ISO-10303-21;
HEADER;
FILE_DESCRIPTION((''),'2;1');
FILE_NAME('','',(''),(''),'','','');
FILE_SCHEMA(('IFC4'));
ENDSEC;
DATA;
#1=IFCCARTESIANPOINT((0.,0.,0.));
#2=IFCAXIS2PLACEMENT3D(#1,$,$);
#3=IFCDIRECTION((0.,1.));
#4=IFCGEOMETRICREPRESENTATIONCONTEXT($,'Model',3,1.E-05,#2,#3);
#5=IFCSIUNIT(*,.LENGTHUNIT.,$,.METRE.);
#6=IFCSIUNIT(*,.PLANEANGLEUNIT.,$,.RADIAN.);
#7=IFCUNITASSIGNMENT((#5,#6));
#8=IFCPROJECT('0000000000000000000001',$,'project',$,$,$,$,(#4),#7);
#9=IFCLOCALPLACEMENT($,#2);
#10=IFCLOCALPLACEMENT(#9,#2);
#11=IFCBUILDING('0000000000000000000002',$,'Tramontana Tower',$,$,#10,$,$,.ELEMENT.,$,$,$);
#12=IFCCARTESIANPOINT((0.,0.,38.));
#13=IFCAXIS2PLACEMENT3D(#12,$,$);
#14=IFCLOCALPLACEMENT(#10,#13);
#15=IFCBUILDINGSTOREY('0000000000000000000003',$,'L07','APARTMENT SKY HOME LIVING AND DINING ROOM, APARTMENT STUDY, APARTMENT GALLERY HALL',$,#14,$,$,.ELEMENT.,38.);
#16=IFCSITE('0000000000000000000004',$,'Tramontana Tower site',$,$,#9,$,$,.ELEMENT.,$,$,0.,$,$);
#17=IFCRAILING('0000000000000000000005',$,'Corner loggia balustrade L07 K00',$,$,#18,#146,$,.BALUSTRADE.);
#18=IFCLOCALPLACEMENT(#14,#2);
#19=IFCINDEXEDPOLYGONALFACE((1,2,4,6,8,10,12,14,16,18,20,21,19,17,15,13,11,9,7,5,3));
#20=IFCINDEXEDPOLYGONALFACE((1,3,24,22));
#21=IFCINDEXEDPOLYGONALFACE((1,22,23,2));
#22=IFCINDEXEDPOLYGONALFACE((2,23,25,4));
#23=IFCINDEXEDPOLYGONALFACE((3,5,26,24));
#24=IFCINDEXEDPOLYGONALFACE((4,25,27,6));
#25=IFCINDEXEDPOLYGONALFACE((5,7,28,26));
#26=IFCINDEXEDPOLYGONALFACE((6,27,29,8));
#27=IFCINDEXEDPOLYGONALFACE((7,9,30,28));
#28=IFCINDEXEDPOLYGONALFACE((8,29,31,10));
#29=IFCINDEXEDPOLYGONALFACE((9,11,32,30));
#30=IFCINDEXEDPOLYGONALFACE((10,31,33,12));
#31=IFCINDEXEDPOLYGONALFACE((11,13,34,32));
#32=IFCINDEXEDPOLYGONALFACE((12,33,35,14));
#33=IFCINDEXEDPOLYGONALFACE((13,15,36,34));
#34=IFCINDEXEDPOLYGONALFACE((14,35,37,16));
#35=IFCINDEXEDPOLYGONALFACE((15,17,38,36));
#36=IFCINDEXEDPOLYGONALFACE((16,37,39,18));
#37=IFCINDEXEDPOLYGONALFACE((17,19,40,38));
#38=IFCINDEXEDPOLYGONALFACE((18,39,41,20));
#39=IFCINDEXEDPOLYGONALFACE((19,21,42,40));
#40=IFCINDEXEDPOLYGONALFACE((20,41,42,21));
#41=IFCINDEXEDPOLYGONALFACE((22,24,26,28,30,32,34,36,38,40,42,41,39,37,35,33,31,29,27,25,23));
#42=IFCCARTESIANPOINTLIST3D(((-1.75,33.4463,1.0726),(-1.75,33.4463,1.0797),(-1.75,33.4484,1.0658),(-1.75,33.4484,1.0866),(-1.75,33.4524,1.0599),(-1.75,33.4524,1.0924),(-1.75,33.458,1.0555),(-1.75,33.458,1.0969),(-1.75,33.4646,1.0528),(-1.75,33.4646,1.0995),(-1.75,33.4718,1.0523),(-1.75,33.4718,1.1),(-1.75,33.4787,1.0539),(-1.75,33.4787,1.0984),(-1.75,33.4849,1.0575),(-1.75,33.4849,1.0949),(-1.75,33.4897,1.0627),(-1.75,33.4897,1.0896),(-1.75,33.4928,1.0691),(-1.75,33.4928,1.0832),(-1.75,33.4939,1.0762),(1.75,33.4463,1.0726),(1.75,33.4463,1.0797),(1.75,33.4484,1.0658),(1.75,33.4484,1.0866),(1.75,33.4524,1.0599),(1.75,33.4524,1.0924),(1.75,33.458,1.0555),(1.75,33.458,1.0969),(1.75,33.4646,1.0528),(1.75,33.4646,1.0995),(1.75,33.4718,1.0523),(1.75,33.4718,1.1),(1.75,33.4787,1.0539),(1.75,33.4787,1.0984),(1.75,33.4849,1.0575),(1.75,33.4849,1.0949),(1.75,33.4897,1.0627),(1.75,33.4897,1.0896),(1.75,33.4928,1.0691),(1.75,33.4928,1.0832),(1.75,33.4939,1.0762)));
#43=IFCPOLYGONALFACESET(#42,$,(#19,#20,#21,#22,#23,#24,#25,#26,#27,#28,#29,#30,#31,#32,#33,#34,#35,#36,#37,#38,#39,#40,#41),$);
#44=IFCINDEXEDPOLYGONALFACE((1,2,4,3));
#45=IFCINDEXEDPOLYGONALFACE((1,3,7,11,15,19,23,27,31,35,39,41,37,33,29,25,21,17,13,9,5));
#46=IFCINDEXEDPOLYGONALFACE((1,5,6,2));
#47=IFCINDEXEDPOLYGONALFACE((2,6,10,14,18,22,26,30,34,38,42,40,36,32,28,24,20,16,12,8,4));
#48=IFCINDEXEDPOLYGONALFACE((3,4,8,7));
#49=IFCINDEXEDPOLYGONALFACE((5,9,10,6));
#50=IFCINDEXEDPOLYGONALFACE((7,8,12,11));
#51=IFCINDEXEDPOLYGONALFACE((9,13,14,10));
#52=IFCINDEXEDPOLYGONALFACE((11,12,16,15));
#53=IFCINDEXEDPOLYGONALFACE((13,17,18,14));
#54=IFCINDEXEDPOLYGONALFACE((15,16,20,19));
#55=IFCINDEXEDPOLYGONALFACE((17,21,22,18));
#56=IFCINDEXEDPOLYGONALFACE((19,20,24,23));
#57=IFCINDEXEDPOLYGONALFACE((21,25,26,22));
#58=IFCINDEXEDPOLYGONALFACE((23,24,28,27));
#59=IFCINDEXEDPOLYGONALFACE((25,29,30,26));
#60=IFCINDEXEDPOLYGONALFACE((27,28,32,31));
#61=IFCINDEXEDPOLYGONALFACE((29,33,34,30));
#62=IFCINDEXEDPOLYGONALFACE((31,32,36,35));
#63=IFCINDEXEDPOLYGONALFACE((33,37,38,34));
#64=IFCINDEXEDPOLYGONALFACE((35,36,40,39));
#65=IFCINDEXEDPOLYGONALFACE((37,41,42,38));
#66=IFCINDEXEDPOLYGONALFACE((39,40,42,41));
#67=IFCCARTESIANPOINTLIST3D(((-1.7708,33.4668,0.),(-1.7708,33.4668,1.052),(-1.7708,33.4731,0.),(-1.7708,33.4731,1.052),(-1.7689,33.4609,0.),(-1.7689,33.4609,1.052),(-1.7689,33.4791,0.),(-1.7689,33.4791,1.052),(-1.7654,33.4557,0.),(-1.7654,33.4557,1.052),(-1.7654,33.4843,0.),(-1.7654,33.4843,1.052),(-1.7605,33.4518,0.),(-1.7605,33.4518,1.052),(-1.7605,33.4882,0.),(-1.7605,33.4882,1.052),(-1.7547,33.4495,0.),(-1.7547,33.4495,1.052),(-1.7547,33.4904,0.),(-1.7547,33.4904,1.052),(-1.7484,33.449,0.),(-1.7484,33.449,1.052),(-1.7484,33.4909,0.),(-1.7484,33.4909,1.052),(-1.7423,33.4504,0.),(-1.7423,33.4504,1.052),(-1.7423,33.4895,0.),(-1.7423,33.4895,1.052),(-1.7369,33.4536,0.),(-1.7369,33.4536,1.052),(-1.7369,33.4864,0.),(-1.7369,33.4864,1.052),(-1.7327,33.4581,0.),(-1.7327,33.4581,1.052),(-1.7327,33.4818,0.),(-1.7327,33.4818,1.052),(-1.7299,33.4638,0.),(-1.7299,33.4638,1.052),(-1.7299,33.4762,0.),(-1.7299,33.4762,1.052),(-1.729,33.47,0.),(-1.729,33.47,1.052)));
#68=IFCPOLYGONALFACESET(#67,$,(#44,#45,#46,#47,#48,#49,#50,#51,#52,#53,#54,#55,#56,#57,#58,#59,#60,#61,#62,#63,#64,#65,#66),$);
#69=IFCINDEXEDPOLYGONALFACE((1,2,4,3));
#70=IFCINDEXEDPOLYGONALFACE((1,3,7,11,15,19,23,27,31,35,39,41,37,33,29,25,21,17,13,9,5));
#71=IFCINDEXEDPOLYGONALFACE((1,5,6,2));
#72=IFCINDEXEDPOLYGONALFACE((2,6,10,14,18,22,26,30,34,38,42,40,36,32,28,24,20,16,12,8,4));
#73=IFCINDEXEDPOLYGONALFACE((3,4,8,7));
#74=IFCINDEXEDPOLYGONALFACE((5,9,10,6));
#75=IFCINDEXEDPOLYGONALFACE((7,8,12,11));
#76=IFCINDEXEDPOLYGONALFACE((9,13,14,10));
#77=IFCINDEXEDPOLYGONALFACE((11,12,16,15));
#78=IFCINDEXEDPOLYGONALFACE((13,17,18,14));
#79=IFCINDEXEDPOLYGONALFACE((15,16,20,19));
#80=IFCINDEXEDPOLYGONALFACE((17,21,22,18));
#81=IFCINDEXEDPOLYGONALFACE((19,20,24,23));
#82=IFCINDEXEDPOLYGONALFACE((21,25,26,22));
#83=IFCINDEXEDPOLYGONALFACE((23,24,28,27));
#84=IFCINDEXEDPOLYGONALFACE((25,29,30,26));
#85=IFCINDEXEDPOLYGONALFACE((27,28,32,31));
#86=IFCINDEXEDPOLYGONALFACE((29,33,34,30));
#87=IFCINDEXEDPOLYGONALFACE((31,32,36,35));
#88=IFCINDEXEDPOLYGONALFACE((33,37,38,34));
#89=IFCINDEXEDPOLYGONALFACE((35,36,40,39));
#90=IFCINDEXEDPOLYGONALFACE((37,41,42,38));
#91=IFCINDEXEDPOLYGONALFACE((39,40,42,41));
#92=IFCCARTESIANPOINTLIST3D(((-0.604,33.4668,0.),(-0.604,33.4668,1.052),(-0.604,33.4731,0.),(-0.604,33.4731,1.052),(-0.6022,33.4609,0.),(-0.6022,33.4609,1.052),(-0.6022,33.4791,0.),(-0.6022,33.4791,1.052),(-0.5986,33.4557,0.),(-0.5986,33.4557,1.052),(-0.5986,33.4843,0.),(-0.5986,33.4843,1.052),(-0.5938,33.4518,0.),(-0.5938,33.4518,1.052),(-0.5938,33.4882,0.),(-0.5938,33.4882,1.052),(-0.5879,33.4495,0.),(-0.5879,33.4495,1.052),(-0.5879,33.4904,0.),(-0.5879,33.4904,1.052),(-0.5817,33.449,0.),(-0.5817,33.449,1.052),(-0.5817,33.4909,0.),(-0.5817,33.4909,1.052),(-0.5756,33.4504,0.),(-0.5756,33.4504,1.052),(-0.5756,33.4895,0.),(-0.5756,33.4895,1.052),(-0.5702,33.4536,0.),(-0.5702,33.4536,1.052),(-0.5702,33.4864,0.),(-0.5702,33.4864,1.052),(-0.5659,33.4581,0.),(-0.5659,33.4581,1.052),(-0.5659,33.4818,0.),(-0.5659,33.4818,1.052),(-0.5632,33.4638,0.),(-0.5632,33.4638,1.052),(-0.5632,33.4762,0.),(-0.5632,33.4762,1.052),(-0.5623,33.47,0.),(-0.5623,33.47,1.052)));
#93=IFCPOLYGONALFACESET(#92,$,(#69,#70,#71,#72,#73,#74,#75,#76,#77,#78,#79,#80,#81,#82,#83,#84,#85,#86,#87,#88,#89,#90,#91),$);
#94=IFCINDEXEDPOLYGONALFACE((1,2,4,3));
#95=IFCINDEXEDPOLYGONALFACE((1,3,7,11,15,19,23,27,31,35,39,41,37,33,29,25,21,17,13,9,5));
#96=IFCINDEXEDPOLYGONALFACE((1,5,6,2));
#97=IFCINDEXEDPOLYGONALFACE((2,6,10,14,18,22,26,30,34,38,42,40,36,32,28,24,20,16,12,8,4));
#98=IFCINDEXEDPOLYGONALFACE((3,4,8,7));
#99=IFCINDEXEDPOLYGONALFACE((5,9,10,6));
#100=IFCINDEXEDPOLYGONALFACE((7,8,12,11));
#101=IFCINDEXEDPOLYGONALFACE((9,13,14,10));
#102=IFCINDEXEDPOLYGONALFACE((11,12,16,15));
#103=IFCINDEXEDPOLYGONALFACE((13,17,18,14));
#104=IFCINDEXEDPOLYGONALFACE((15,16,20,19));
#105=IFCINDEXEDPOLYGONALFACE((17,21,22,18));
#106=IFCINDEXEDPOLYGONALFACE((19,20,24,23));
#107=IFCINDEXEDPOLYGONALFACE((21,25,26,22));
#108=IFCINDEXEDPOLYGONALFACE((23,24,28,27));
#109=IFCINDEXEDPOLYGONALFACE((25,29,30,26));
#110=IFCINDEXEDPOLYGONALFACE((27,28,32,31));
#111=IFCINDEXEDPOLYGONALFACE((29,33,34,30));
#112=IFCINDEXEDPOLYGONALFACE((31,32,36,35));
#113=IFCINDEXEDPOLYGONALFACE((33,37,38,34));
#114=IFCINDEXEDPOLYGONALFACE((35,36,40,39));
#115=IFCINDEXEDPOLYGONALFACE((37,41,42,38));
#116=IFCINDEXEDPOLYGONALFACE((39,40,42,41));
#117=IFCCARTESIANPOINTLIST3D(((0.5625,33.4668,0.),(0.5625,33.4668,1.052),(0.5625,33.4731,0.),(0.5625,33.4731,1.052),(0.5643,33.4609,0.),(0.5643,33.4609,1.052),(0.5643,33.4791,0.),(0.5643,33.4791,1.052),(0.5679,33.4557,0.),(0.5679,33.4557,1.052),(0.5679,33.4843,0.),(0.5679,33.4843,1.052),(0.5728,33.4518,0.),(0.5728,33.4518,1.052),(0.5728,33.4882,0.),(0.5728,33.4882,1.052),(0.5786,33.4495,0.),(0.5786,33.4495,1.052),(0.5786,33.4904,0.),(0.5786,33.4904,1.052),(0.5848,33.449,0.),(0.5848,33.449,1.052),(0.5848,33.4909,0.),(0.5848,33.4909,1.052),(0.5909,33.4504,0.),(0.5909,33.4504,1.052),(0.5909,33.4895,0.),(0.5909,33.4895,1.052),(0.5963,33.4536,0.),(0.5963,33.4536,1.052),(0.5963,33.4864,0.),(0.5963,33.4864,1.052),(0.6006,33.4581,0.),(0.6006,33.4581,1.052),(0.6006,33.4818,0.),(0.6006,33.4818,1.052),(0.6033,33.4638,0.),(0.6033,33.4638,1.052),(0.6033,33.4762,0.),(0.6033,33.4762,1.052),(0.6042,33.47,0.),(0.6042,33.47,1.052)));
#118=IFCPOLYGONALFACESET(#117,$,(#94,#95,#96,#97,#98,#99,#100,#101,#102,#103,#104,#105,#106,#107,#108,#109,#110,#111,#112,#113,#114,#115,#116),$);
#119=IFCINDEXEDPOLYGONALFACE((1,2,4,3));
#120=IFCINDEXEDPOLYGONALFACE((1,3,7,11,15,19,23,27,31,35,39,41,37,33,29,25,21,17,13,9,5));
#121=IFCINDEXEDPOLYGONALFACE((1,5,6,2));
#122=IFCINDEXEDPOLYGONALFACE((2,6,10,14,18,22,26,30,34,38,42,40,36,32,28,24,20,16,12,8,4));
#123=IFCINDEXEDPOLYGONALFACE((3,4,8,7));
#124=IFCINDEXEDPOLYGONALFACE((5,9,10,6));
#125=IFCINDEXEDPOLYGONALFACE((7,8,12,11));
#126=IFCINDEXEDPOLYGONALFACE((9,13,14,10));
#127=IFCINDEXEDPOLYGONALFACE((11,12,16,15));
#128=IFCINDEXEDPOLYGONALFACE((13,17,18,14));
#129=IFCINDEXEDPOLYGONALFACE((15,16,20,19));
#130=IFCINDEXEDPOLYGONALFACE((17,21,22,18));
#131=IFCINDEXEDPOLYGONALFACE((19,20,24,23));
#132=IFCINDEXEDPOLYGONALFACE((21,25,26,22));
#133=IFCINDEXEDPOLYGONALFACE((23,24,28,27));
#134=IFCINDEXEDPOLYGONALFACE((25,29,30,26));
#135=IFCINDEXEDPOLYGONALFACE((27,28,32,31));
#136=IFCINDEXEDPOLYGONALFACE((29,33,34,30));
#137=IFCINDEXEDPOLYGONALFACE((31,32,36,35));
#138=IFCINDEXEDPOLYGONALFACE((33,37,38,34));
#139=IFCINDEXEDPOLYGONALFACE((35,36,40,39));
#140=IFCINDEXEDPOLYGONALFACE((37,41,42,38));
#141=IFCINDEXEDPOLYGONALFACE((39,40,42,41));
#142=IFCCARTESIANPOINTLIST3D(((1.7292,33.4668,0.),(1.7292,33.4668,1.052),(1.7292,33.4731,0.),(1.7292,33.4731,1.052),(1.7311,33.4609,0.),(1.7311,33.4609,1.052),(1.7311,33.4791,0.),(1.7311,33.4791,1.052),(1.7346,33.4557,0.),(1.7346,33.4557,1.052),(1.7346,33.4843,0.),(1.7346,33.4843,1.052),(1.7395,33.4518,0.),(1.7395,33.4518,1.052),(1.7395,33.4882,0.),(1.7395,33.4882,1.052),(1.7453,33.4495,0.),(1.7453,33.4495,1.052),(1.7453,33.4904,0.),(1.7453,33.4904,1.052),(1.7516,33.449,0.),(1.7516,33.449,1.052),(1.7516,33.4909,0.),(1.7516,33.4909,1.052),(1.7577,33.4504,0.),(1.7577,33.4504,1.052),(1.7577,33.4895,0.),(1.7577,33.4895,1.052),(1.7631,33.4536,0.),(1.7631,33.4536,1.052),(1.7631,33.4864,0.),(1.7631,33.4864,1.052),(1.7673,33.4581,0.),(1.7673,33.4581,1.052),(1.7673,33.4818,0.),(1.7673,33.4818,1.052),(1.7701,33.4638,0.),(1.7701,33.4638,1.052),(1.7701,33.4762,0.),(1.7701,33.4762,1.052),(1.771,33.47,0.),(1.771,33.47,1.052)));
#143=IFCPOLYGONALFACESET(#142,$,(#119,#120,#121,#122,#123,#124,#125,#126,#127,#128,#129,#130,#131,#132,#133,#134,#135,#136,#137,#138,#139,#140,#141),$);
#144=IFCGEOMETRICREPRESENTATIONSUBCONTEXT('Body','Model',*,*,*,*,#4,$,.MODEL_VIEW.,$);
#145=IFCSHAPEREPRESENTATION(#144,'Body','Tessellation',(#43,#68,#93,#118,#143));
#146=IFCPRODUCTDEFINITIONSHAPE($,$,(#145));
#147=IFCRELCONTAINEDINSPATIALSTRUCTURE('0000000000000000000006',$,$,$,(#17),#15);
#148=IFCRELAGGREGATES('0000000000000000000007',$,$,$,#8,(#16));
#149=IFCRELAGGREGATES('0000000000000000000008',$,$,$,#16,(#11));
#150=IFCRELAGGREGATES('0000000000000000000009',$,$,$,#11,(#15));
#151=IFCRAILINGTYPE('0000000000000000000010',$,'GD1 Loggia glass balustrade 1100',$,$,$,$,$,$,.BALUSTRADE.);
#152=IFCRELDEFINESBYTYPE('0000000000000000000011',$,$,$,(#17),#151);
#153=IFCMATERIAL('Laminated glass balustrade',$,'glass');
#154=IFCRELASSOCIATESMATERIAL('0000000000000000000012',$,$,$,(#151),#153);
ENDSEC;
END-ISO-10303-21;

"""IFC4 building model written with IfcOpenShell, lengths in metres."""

from ifc_helpers import new_model, si_unit, direction, frame, origin, origin_2d, place, context, subcontext, project, spatial, circle, extrude, material, type_object, element, save


model = new_model("IFC4")

# Units and contexts
model_context = context("Model", 3, precision=1e-05, world=origin(), true_north=direction((0.0, 1.0)))
body_context = subcontext(model_context, "Body", "Model", "MODEL_VIEW")
ifc_project = project(units=[si_unit("LENGTHUNIT", "METRE"), si_unit("PLANEANGLEUNIT", "RADIAN")], contexts=[model_context])

# Site, building, storey
site_placement = place(None, origin())
site = spatial("IfcSite", under=ifc_project, at=site_placement, Name="Tramontana Tower site", CompositionType="ELEMENT", RefElevation=0.0)
building_placement = place(site_placement, origin())
building = spatial("IfcBuilding", under=site, at=building_placement, Name="Tramontana Tower", CompositionType="ELEMENT")
storey_placement = place(building_placement, frame((0.0, 0.0, 38.0)))
storey = spatial("IfcBuildingStorey", under=building, at=storey_placement, Name="L07", Description="APARTMENT SKY HOME LIVING AND DINING ROOM, APARTMENT STUDY, APARTMENT GALLERY HALL", CompositionType="ELEMENT", Elevation=38.0)

# Railing
ifc_material_1 = material(Name="Laminated glass balustrade", Category="glass")
railing_type = type_object("IfcRailingType", Name="GD1 Loggia glass balustrade 1100", PredefinedType="BALUSTRADE", material=ifc_material_1)
railing_1_placement = place(storey_placement, frame((-1.75, 33.47, 0.0)))
element("IfcRailing", 1, at=railing_1_placement, inside=storey, type_object=railing_type, Name="Corner loggia balustrade L07 K00", PredefinedType="BALUSTRADE", context=body_context, shape_type="SweptSolid", body=[
    extrude(circle(Radius=0.0239, at=origin_2d()), frame((0.0, 0.0, 1.0762), z_axis=(1.0, 0.0, 0.0), x_axis=(0.0, 1.0, 0.0)), (0.0, 0.0, 1.0), 3.5),
    extrude(circle(Radius=0.021, at=origin_2d()), origin(), (0.0, 0.0, 1.0), 1.052),
    extrude(circle(Radius=0.021, at=origin_2d()), frame((1.1667, 0.0, 0.0)), (0.0, 0.0, 1.0), 1.052),
    extrude(circle(Radius=0.021, at=origin_2d()), frame((2.3333, 0.0, 0.0)), (0.0, 0.0, 1.0), 1.052),
    extrude(circle(Radius=0.021, at=origin_2d()), frame((3.5, 0.0, 0.0)), (0.0, 0.0, 1.0), 1.052),
])

save(model, "model.ifc")
